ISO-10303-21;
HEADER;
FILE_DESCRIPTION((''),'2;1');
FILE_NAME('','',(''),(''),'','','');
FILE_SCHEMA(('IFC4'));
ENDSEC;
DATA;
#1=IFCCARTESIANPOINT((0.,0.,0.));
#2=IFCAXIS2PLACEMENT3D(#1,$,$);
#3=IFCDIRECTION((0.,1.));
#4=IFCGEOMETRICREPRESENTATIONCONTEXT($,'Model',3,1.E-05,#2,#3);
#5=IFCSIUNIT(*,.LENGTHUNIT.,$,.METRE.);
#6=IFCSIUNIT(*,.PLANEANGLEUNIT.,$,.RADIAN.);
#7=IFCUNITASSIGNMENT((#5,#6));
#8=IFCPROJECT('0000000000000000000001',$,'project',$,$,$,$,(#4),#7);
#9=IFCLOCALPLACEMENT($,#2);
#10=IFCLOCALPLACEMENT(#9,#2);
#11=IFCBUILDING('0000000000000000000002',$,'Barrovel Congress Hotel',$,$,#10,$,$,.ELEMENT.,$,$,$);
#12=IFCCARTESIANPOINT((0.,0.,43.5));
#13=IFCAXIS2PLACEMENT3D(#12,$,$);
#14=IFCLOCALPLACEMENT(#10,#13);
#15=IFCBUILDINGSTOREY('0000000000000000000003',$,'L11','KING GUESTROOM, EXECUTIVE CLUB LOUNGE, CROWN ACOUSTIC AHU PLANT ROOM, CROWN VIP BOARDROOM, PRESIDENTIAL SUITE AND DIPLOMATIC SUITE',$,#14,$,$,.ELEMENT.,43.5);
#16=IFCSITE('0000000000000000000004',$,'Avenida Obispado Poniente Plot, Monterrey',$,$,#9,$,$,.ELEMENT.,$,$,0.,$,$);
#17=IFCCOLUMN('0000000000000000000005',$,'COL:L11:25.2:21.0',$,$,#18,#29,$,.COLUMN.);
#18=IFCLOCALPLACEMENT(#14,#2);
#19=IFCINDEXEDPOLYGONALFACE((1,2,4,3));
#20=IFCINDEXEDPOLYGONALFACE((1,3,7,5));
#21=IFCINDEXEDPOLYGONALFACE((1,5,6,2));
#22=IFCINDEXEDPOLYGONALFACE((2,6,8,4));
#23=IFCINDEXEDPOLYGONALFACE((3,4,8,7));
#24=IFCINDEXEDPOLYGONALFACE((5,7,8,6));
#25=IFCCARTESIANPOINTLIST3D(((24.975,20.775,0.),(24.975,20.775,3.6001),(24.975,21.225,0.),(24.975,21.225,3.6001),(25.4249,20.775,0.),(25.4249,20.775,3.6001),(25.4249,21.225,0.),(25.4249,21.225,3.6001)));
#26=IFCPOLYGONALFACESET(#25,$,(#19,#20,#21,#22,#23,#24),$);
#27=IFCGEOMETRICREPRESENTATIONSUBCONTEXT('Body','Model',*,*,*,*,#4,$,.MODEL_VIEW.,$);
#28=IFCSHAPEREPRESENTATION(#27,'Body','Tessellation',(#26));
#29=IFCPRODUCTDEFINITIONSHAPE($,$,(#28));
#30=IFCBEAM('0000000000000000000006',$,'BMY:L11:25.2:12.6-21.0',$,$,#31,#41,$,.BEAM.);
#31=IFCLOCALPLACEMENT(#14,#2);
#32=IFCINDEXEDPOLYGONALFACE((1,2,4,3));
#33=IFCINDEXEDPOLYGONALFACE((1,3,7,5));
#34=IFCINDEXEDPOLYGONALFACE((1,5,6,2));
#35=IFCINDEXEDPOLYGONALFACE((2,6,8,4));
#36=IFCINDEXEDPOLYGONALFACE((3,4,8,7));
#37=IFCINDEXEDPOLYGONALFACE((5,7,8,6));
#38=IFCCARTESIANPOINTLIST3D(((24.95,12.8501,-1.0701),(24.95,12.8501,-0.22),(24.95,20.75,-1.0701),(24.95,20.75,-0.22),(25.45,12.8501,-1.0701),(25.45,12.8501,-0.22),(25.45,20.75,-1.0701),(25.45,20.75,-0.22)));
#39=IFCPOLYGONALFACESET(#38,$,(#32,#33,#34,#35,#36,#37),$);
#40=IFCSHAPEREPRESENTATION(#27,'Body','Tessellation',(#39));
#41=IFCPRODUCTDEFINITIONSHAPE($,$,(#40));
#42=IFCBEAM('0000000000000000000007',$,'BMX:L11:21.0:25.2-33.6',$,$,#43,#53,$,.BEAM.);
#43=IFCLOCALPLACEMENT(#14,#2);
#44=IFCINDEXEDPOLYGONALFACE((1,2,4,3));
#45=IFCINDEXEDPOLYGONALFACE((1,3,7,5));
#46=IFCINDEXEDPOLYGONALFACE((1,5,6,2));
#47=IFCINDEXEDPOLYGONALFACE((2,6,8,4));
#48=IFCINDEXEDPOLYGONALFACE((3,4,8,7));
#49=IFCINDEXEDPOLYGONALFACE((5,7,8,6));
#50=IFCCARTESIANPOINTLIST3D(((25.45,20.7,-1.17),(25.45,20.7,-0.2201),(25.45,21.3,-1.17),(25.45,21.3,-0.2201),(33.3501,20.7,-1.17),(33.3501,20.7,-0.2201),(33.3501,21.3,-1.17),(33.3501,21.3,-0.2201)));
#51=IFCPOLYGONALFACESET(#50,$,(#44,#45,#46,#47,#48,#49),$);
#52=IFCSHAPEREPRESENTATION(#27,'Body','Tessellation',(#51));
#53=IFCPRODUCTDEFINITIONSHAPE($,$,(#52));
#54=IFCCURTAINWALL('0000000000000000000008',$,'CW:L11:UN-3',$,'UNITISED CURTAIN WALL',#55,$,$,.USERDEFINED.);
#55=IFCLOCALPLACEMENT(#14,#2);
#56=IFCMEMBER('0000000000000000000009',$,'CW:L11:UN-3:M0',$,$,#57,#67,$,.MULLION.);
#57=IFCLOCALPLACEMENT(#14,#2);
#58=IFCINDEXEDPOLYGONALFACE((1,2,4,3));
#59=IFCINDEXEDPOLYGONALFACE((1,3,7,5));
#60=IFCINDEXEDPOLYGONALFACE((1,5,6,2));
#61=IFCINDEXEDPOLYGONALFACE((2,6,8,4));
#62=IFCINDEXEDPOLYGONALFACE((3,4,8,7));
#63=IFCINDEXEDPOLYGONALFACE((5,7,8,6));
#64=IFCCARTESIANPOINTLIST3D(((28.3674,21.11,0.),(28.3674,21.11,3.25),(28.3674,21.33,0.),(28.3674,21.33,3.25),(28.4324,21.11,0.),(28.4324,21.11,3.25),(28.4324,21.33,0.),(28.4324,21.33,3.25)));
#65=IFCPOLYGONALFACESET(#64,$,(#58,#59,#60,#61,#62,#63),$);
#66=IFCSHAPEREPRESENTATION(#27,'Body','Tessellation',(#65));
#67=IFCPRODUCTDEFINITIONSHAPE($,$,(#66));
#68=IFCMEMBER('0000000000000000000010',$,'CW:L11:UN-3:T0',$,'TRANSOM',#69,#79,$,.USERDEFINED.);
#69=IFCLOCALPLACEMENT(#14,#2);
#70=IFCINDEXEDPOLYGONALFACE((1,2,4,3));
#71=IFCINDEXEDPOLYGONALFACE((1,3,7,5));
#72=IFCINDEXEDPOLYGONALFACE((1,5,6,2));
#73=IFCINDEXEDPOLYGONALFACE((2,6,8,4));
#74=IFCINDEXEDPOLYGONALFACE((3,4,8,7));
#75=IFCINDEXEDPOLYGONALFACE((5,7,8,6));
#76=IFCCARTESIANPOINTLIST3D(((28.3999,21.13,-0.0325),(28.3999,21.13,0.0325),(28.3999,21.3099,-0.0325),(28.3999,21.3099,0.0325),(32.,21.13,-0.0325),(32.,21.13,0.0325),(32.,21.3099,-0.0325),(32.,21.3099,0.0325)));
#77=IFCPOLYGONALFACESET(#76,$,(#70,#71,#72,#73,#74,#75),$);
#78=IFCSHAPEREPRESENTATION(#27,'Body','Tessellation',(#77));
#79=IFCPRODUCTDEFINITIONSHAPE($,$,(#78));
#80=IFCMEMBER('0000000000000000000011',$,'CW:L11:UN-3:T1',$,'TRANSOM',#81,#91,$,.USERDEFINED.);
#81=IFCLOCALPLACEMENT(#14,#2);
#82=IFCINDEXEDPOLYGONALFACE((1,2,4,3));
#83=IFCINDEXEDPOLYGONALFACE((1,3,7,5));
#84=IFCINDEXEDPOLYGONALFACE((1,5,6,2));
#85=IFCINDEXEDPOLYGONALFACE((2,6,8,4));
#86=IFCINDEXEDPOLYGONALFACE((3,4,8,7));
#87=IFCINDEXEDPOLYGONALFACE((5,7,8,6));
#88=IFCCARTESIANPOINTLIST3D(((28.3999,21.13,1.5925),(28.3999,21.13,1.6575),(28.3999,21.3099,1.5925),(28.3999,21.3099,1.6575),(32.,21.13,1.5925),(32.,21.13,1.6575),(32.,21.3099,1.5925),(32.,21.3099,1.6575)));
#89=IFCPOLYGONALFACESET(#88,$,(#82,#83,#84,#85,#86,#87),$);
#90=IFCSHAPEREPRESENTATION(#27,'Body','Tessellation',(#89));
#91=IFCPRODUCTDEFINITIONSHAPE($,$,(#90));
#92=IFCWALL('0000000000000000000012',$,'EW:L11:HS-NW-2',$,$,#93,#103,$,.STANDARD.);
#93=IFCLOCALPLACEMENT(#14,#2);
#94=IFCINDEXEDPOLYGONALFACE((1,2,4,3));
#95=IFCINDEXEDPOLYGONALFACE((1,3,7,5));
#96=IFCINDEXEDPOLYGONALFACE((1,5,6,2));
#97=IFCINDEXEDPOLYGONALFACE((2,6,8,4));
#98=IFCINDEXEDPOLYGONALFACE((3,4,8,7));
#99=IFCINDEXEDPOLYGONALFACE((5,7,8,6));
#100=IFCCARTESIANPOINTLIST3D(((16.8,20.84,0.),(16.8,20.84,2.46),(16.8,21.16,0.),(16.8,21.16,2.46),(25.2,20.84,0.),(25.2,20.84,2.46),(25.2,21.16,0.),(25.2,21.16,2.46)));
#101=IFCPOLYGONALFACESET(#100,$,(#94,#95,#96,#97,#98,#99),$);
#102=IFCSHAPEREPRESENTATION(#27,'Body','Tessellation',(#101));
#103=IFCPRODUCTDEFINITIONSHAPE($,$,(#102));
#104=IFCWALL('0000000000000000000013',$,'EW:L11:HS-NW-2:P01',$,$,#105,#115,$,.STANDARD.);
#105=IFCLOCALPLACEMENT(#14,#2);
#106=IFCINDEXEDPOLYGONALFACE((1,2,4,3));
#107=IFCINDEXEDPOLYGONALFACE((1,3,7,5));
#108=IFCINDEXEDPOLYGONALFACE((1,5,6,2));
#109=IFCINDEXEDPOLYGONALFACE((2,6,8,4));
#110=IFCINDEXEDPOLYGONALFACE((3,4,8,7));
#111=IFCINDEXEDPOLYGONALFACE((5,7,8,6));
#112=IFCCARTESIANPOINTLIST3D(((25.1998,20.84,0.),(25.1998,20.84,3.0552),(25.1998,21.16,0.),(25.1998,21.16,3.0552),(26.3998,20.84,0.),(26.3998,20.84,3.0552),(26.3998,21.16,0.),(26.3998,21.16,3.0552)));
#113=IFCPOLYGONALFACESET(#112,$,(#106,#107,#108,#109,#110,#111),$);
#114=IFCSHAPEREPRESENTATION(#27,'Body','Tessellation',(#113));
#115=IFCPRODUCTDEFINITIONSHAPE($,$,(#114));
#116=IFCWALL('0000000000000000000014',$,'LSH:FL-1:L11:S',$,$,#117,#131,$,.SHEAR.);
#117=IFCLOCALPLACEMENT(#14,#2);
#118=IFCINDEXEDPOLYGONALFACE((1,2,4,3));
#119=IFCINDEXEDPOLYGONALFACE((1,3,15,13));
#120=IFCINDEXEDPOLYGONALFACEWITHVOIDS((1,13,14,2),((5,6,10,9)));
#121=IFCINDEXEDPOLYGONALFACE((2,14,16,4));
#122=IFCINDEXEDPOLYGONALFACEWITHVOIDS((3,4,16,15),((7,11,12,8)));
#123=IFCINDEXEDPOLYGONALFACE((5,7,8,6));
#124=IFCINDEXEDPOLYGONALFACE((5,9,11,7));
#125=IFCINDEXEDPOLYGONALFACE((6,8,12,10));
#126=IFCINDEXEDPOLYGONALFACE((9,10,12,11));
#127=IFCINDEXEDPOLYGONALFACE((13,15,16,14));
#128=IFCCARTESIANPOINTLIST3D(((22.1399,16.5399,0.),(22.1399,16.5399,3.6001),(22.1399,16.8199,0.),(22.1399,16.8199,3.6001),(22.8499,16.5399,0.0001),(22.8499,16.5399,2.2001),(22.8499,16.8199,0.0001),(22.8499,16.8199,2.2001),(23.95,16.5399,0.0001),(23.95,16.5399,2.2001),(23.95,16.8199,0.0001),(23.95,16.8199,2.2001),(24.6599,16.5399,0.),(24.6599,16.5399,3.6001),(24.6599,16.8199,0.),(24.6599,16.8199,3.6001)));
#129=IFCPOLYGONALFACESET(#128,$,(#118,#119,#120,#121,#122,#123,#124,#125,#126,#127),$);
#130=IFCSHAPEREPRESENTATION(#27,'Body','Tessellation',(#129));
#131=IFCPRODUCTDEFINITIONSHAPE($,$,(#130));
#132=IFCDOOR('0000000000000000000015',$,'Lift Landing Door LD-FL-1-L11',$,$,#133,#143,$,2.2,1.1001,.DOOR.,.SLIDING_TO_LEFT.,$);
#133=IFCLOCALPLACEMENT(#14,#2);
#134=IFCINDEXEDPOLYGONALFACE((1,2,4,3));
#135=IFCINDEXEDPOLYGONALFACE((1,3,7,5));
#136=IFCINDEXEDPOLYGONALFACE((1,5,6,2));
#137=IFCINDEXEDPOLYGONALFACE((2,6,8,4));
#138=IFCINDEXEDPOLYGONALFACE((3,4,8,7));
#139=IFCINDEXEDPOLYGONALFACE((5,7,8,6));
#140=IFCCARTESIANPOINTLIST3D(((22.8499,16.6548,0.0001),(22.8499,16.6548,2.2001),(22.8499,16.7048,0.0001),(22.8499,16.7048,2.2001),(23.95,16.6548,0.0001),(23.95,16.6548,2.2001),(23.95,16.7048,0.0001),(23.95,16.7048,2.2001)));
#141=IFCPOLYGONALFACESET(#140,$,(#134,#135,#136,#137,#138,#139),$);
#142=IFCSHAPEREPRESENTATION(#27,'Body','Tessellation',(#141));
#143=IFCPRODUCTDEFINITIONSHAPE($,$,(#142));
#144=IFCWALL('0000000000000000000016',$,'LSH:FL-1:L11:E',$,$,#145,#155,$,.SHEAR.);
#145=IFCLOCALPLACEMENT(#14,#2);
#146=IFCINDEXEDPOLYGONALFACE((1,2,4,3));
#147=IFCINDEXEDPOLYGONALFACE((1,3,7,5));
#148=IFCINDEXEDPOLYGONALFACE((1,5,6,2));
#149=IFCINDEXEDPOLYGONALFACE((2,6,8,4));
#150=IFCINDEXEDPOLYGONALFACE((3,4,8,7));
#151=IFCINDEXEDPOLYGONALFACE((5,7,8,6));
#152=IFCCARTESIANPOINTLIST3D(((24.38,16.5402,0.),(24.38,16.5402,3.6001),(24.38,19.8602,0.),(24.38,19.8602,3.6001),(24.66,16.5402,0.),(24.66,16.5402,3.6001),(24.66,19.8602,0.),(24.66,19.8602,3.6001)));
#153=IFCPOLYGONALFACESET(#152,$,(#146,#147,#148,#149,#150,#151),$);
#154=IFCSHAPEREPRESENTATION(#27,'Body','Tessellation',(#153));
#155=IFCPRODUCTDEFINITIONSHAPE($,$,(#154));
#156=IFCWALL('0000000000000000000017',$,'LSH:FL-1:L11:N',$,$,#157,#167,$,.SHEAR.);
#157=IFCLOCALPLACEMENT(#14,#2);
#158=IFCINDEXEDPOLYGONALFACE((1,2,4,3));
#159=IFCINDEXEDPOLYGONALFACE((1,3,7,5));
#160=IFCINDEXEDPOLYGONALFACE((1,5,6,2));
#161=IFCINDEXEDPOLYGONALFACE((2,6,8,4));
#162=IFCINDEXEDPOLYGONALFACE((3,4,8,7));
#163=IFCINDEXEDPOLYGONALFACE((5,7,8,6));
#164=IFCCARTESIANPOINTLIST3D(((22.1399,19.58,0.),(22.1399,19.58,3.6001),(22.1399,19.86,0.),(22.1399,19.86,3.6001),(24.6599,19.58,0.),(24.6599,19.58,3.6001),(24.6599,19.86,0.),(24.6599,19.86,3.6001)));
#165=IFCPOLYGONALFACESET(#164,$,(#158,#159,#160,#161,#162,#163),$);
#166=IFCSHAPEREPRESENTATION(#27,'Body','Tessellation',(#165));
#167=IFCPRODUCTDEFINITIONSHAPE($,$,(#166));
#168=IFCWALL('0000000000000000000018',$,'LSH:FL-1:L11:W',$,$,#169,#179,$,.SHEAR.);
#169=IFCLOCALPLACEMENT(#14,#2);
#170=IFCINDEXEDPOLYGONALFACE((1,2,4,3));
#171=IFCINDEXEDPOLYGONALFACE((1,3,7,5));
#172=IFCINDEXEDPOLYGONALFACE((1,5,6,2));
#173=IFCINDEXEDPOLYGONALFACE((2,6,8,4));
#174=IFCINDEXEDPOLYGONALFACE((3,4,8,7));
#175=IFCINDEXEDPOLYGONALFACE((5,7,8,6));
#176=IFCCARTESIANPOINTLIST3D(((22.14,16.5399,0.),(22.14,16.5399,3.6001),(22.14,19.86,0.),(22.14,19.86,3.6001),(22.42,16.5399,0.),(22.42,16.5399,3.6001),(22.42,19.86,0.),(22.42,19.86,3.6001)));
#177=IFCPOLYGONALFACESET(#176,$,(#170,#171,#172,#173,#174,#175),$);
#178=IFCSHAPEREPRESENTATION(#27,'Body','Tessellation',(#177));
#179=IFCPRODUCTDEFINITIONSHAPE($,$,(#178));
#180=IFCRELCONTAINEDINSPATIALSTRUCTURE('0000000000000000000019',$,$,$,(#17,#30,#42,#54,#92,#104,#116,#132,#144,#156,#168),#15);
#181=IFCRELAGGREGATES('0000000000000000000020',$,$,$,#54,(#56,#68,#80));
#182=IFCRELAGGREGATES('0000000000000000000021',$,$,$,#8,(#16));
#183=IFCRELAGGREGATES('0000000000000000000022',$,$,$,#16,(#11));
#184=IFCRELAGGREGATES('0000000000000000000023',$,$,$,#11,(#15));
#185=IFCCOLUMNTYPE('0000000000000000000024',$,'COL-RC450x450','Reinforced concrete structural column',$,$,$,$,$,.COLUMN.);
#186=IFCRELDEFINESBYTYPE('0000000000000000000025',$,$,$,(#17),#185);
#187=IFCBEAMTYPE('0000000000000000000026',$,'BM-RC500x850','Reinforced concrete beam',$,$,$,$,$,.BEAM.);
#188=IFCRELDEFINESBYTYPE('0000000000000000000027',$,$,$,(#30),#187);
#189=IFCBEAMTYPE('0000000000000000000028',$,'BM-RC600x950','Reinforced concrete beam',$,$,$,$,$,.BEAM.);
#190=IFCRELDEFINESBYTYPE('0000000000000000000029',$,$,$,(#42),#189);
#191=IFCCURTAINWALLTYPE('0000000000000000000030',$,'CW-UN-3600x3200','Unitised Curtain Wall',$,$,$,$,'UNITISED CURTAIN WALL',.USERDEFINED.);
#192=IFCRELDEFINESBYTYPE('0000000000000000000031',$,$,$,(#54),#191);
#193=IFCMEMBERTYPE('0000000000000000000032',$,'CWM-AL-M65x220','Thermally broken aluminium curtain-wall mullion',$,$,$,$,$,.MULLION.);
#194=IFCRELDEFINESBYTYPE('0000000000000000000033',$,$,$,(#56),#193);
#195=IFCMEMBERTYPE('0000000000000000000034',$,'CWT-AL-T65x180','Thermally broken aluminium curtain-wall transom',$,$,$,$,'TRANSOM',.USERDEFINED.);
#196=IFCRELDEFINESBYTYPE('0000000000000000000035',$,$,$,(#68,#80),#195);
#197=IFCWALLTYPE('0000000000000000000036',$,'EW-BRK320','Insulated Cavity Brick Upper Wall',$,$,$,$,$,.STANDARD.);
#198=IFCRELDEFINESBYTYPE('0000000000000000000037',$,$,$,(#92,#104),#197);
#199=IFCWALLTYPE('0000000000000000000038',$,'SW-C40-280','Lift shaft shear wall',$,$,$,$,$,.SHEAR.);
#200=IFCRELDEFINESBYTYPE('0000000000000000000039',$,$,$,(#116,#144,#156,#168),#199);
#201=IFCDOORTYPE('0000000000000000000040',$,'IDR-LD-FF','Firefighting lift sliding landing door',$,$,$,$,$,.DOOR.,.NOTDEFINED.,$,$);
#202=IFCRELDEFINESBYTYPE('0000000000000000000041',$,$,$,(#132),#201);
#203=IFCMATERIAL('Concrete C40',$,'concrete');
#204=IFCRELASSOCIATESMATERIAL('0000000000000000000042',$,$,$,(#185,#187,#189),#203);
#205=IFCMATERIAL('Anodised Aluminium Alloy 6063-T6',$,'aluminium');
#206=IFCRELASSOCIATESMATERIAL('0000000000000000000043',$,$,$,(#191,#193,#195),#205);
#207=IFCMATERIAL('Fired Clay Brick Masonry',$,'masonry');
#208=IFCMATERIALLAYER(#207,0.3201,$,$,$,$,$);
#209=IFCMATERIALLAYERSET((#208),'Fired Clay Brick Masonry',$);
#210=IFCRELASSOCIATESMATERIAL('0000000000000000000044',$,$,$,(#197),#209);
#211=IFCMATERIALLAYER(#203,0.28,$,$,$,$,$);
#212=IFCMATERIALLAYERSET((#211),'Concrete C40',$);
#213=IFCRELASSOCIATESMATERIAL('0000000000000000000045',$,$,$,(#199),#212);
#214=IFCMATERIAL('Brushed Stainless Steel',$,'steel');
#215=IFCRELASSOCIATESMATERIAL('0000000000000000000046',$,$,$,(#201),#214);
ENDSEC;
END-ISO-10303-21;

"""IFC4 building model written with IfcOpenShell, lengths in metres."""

from ifc_helpers import new_model, si_unit, direction, frame, frame_2d, origin, origin_2d, place, context, subcontext, project, spatial, rectangle, extrude, material, layer, layer_set, material_profile, profile_set, type_object, element, fill, aggregate, save


model = new_model("IFC4")

# Units and contexts
model_context = context("Model", 3, precision=1e-05, world=origin(), true_north=direction((0.0, 1.0)))
body_context = subcontext(model_context, "Body", "Model", "MODEL_VIEW")
ifc_project = project(units=[si_unit("LENGTHUNIT", "METRE"), si_unit("PLANEANGLEUNIT", "RADIAN")], contexts=[model_context])

# Site, building, storey
site_placement = place(None, origin())
site = spatial("IfcSite", under=ifc_project, at=site_placement, Name="Avenida Obispado Poniente Plot, Monterrey", CompositionType="ELEMENT", RefElevation=0.0)
building_placement = place(site_placement, origin())
building = spatial("IfcBuilding", under=site, at=building_placement, Name="Barrovel Congress Hotel", CompositionType="ELEMENT")
storey_placement = place(building_placement, frame((0.0, 0.0, 43.5)))
storey = spatial("IfcBuildingStorey", under=building, at=storey_placement, Name="L11", Description="KING GUESTROOM, EXECUTIVE CLUB LOUNGE, CROWN ACOUSTIC AHU PLANT ROOM, CROWN VIP BOARDROOM, PRESIDENTIAL SUITE AND DIPLOMATIC SUITE", CompositionType="ELEMENT", Elevation=43.5)

# Column
ifc_material_1 = material(Name="Concrete C40", Category="concrete")
ifc_material_profile_1 = material_profile(ifc_material_1, rectangle(XDim=0.45, YDim=0.45, at=origin_2d()), Name="RC450x450")
ifc_profile_set_1 = profile_set([ifc_material_profile_1], Name="Concrete C40")
column_type = type_object("IfcColumnType", Name="COL-RC450x450", Description="Reinforced concrete structural column", PredefinedType="COLUMN", material=ifc_profile_set_1)
column_placement = place(storey_placement, frame((25.2, 21.0, 0.0), z_axis=(0.0, 0.0, 1.0), x_axis=(1.0, 0.0, 0.0)))
element("IfcColumn", 1, at=column_placement, inside=storey, type_object=column_type, Name="COL:L11:25.2:21.0", PredefinedType="COLUMN", context=body_context, shape_type="SweptSolid", body=[
    extrude(rectangle(XDim=0.45, YDim=0.45, at=origin_2d()), origin(), (0.0, 0.0, 1.0), 3.6001),
])

# Beams
ifc_material_profile_2 = material_profile(ifc_material_1, rectangle(XDim=0.5, YDim=0.8501, at=origin_2d()), Name="RC500x850")
ifc_profile_set_2 = profile_set([ifc_material_profile_2], Name="Concrete C40")
beam_type_1 = type_object("IfcBeamType", Name="BM-RC500x850", Description="Reinforced concrete beam", PredefinedType="BEAM", material=ifc_profile_set_2)
beam_1_placement = place(storey_placement, frame((25.2, 12.8501, -0.645), z_axis=(0.0, 1.0, 0.0), x_axis=(-1.0, 0.0, 0.0)))
element("IfcBeam", 2, at=beam_1_placement, inside=storey, type_object=beam_type_1, Name="BMY:L11:25.2:12.6-21.0", PredefinedType="BEAM", context=body_context, shape_type="SweptSolid", body=[
    extrude(rectangle(XDim=0.5, YDim=0.8501, at=origin_2d()), origin(), (0.0, 0.0, 1.0), 7.8999),
])
ifc_material_profile_3 = material_profile(ifc_material_1, rectangle(XDim=0.6001, YDim=0.95, at=origin_2d()), Name="RC600x950")
ifc_profile_set_3 = profile_set([ifc_material_profile_3], Name="Concrete C40")
beam_type_2 = type_object("IfcBeamType", Name="BM-RC600x950", Description="Reinforced concrete beam", PredefinedType="BEAM", material=ifc_profile_set_3)
beam_2_placement = place(storey_placement, frame((25.45, 21.0, -0.6951), z_axis=(1.0, 0.0, 0.0), x_axis=(0.0, 1.0, 0.0)))
element("IfcBeam", 3, at=beam_2_placement, inside=storey, type_object=beam_type_2, Name="BMX:L11:21.0:25.2-33.6", PredefinedType="BEAM", context=body_context, shape_type="SweptSolid", body=[
    extrude(rectangle(XDim=0.6001, YDim=0.95, at=origin_2d()), origin(), (0.0, 0.0, 1.0), 7.9001),
])

# Curtain wall, members
ifc_material_2 = material(Name="Anodised Aluminium Alloy 6063-T6", Category="aluminium")
curtain_wall_type = type_object("IfcCurtainWallType", Name="CW-UN-3600x3200", Description="Unitised Curtain Wall", ElementType="UNITISED CURTAIN WALL", PredefinedType="USERDEFINED", material=ifc_material_2)
curtain_wall_placement = place(storey_placement, origin())
curtain_wall = element("IfcCurtainWall", 4, at=curtain_wall_placement, inside=storey, type_object=curtain_wall_type, Name="CW:L11:UN-3", ObjectType="UNITISED CURTAIN WALL", PredefinedType="USERDEFINED")
ifc_material_profile_4 = material_profile(ifc_material_2, rectangle(XDim=0.0649, YDim=0.22, at=origin_2d()), Name="AL-M65x220")
ifc_profile_set_4 = profile_set([ifc_material_profile_4], Name="Anodised Aluminium Alloy 6063-T6")
member_type_1 = type_object("IfcMemberType", Name="CWM-AL-M65x220", Description="Thermally broken aluminium curtain-wall mullion", PredefinedType="MULLION", material=ifc_profile_set_4)
member_1_placement = place(storey_placement, frame((28.3999, 21.22, 0.0), z_axis=(0.0, 0.0, 1.0), x_axis=(1.0, 0.0, 0.0)))
member_1 = element("IfcMember", 5, at=member_1_placement, type_object=member_type_1, Name="CW:L11:UN-3:M0", PredefinedType="MULLION", context=body_context, shape_type="SweptSolid", body=[
    extrude(rectangle(XDim=0.0649, YDim=0.22, at=origin_2d()), origin(), (0.0, 0.0, 1.0), 3.25),
])
ifc_material_profile_5 = material_profile(ifc_material_2, rectangle(XDim=0.1799, YDim=0.0649, at=origin_2d()), Name="AL-T65x180")
ifc_profile_set_5 = profile_set([ifc_material_profile_5], Name="Anodised Aluminium Alloy 6063-T6")
member_type_2 = type_object("IfcMemberType", Name="CWT-AL-T65x180", Description="Thermally broken aluminium curtain-wall transom", ElementType="TRANSOM", PredefinedType="USERDEFINED", material=ifc_profile_set_5)
member_2_placement = place(storey_placement, frame((28.3999, 21.22, 0.0), z_axis=(1.0, 0.0, 0.0), x_axis=(0.0, 1.0, 0.0)))
member_2 = element("IfcMember", 6, at=member_2_placement, type_object=member_type_2, Name="CW:L11:UN-3:T0", ObjectType="TRANSOM", PredefinedType="USERDEFINED", context=body_context, shape_type="SweptSolid", body=[
    extrude(rectangle(XDim=0.1799, YDim=0.0649, at=origin_2d()), origin(), (0.0, 0.0, 1.0), 3.6001),
])
member_3_placement = place(storey_placement, frame((28.3999, 21.22, 1.625), z_axis=(1.0, 0.0, 0.0), x_axis=(0.0, 1.0, 0.0)))
member_3 = element("IfcMember", 7, at=member_3_placement, type_object=member_type_2, Name="CW:L11:UN-3:T1", ObjectType="TRANSOM", PredefinedType="USERDEFINED", context=body_context, shape_type="SweptSolid", body=[
    extrude(rectangle(XDim=0.1799, YDim=0.0649, at=origin_2d()), origin(), (0.0, 0.0, 1.0), 3.6001),
])
aggregate(curtain_wall, [member_1, member_2, member_3])

# Walls
ifc_material_3 = material(Name="Fired Clay Brick Masonry", Category="masonry")
ifc_layer_1 = layer(ifc_material_3, 0.3201)
ifc_layer_set_1 = layer_set([ifc_layer_1], Name="Fired Clay Brick Masonry")
wall_type_1 = type_object("IfcWallType", Name="EW-BRK320", Description="Insulated Cavity Brick Upper Wall", PredefinedType="STANDARD", material=ifc_layer_set_1)
wall_1_placement = place(storey_placement, frame((25.2, 21.0, 0.0), z_axis=(0.0, 0.0, 1.0), x_axis=(-1.0, 0.0, 0.0)))
element("IfcWall", 8, at=wall_1_placement, inside=storey, type_object=wall_type_1, Name="EW:L11:HS-NW-2", PredefinedType="STANDARD", context=body_context, shape_type="SweptSolid", body=[
    extrude(rectangle(XDim=8.3999, YDim=0.3201, at=frame_2d((4.2, 0.0))), origin(), (0.0, 0.0, 1.0), 2.46),
])
wall_2_placement = place(storey_placement, frame((26.3999, 21.0, 0.0), z_axis=(0.0, 0.0, 1.0), x_axis=(-1.0, 0.0, 0.0)))
element("IfcWall", 9, at=wall_2_placement, inside=storey, type_object=wall_type_1, Name="EW:L11:HS-NW-2:P01", PredefinedType="STANDARD", context=body_context, shape_type="SweptSolid", body=[
    extrude(rectangle(XDim=1.2, YDim=0.3201, at=frame_2d((0.6001, 0.0))), origin(), (0.0, 0.0, 1.0), 3.0552),
])

# Wall, opening, door
ifc_layer_2 = layer(ifc_material_1, 0.28)
ifc_layer_set_2 = layer_set([ifc_layer_2], Name="Concrete C40")
wall_type_2 = type_object("IfcWallType", Name="SW-C40-280", Description="Lift shaft shear wall", PredefinedType="SHEAR", material=ifc_layer_set_2)
wall_3_placement = place(storey_placement, frame((22.1399, 16.6799, 0.0), z_axis=(0.0, 0.0, 1.0), x_axis=(1.0, 0.0, 0.0)))
wall_3 = element("IfcWall", 10, at=wall_3_placement, inside=storey, type_object=wall_type_2, Name="LSH:FL-1:L11:S", PredefinedType="SHEAR", context=body_context, shape_type="SweptSolid", body=[
    extrude(rectangle(XDim=2.52, YDim=0.28, at=frame_2d((1.26, 0.0))), origin(), (0.0, 0.0, 1.0), 3.6001),
])
opening_1_placement = place(wall_3_placement, frame((0.71, 0.0, 0.0)))
opening_1 = element("IfcOpeningElement", 11, at=opening_1_placement, cuts=wall_3, PredefinedType="OPENING", context=body_context, shape_type="SweptSolid", body=[
    extrude(rectangle(XDim=1.1001, YDim=2.2, at=frame_2d((0.55, 1.1001))), frame((0.0, 0.1499, 0.0), z_axis=(0.0, -1.0, 0.0), x_axis=(1.0, 0.0, 0.0)), (0.0, 0.0, 1.0), 0.3),
])
ifc_material_4 = material(Name="Brushed Stainless Steel", Category="steel")
door_type_1 = type_object("IfcDoorType", Name="IDR-LD-FF", Description="Firefighting lift sliding landing door", OperationType="NOTDEFINED", PredefinedType="DOOR", material=ifc_material_4)
door_1_placement = place(opening_1_placement, origin())
door_1 = element("IfcDoor", 12, at=door_1_placement, inside=storey, type_object=door_type_1, Name="Lift Landing Door LD-FL-1-L11", OperationType="SLIDING_TO_LEFT", OverallHeight=2.2, OverallWidth=1.1001, PredefinedType="DOOR", context=body_context, shape_type="SweptSolid", body=[
    extrude(rectangle(XDim=1.1001, YDim=2.2, at=frame_2d((0.55, 1.1001))), frame((0.0, 0.0249, 0.0), z_axis=(0.0, -1.0, 0.0), x_axis=(1.0, 0.0, 0.0)), (0.0, 0.0, 1.0), 0.05),
])
fill(opening_1, door_1)

# Walls
wall_4_placement = place(storey_placement, frame((24.52, 16.54, 0.0), z_axis=(0.0, 0.0, 1.0), x_axis=(0.0, 1.0, 0.0)))
element("IfcWall", 13, at=wall_4_placement, inside=storey, type_object=wall_type_2, Name="LSH:FL-1:L11:E", PredefinedType="SHEAR", context=body_context, shape_type="SweptSolid", body=[
    extrude(rectangle(XDim=3.3201, YDim=0.28, at=frame_2d((1.6602, 0.0))), origin(), (0.0, 0.0, 1.0), 3.6001),
])
wall_5_placement = place(storey_placement, frame((24.6599, 19.72, 0.0), z_axis=(0.0, 0.0, 1.0), x_axis=(-1.0, 0.0, 0.0)))
element("IfcWall", 14, at=wall_5_placement, inside=storey, type_object=wall_type_2, Name="LSH:FL-1:L11:N", PredefinedType="SHEAR", context=body_context, shape_type="SweptSolid", body=[
    extrude(rectangle(XDim=2.52, YDim=0.28, at=frame_2d((1.26, 0.0))), origin(), (0.0, 0.0, 1.0), 3.6001),
])
wall_6_placement = place(storey_placement, frame((22.28, 19.8601, 0.0), z_axis=(0.0, 0.0, 1.0), x_axis=(0.0, -1.0, 0.0)))
element("IfcWall", 15, at=wall_6_placement, inside=storey, type_object=wall_type_2, Name="LSH:FL-1:L11:W", PredefinedType="SHEAR", context=body_context, shape_type="SweptSolid", body=[
    extrude(rectangle(XDim=3.3201, YDim=0.28, at=frame_2d((1.6602, 0.0))), origin(), (0.0, 0.0, 1.0), 3.6001),
])

save(model, "model.ifc")
